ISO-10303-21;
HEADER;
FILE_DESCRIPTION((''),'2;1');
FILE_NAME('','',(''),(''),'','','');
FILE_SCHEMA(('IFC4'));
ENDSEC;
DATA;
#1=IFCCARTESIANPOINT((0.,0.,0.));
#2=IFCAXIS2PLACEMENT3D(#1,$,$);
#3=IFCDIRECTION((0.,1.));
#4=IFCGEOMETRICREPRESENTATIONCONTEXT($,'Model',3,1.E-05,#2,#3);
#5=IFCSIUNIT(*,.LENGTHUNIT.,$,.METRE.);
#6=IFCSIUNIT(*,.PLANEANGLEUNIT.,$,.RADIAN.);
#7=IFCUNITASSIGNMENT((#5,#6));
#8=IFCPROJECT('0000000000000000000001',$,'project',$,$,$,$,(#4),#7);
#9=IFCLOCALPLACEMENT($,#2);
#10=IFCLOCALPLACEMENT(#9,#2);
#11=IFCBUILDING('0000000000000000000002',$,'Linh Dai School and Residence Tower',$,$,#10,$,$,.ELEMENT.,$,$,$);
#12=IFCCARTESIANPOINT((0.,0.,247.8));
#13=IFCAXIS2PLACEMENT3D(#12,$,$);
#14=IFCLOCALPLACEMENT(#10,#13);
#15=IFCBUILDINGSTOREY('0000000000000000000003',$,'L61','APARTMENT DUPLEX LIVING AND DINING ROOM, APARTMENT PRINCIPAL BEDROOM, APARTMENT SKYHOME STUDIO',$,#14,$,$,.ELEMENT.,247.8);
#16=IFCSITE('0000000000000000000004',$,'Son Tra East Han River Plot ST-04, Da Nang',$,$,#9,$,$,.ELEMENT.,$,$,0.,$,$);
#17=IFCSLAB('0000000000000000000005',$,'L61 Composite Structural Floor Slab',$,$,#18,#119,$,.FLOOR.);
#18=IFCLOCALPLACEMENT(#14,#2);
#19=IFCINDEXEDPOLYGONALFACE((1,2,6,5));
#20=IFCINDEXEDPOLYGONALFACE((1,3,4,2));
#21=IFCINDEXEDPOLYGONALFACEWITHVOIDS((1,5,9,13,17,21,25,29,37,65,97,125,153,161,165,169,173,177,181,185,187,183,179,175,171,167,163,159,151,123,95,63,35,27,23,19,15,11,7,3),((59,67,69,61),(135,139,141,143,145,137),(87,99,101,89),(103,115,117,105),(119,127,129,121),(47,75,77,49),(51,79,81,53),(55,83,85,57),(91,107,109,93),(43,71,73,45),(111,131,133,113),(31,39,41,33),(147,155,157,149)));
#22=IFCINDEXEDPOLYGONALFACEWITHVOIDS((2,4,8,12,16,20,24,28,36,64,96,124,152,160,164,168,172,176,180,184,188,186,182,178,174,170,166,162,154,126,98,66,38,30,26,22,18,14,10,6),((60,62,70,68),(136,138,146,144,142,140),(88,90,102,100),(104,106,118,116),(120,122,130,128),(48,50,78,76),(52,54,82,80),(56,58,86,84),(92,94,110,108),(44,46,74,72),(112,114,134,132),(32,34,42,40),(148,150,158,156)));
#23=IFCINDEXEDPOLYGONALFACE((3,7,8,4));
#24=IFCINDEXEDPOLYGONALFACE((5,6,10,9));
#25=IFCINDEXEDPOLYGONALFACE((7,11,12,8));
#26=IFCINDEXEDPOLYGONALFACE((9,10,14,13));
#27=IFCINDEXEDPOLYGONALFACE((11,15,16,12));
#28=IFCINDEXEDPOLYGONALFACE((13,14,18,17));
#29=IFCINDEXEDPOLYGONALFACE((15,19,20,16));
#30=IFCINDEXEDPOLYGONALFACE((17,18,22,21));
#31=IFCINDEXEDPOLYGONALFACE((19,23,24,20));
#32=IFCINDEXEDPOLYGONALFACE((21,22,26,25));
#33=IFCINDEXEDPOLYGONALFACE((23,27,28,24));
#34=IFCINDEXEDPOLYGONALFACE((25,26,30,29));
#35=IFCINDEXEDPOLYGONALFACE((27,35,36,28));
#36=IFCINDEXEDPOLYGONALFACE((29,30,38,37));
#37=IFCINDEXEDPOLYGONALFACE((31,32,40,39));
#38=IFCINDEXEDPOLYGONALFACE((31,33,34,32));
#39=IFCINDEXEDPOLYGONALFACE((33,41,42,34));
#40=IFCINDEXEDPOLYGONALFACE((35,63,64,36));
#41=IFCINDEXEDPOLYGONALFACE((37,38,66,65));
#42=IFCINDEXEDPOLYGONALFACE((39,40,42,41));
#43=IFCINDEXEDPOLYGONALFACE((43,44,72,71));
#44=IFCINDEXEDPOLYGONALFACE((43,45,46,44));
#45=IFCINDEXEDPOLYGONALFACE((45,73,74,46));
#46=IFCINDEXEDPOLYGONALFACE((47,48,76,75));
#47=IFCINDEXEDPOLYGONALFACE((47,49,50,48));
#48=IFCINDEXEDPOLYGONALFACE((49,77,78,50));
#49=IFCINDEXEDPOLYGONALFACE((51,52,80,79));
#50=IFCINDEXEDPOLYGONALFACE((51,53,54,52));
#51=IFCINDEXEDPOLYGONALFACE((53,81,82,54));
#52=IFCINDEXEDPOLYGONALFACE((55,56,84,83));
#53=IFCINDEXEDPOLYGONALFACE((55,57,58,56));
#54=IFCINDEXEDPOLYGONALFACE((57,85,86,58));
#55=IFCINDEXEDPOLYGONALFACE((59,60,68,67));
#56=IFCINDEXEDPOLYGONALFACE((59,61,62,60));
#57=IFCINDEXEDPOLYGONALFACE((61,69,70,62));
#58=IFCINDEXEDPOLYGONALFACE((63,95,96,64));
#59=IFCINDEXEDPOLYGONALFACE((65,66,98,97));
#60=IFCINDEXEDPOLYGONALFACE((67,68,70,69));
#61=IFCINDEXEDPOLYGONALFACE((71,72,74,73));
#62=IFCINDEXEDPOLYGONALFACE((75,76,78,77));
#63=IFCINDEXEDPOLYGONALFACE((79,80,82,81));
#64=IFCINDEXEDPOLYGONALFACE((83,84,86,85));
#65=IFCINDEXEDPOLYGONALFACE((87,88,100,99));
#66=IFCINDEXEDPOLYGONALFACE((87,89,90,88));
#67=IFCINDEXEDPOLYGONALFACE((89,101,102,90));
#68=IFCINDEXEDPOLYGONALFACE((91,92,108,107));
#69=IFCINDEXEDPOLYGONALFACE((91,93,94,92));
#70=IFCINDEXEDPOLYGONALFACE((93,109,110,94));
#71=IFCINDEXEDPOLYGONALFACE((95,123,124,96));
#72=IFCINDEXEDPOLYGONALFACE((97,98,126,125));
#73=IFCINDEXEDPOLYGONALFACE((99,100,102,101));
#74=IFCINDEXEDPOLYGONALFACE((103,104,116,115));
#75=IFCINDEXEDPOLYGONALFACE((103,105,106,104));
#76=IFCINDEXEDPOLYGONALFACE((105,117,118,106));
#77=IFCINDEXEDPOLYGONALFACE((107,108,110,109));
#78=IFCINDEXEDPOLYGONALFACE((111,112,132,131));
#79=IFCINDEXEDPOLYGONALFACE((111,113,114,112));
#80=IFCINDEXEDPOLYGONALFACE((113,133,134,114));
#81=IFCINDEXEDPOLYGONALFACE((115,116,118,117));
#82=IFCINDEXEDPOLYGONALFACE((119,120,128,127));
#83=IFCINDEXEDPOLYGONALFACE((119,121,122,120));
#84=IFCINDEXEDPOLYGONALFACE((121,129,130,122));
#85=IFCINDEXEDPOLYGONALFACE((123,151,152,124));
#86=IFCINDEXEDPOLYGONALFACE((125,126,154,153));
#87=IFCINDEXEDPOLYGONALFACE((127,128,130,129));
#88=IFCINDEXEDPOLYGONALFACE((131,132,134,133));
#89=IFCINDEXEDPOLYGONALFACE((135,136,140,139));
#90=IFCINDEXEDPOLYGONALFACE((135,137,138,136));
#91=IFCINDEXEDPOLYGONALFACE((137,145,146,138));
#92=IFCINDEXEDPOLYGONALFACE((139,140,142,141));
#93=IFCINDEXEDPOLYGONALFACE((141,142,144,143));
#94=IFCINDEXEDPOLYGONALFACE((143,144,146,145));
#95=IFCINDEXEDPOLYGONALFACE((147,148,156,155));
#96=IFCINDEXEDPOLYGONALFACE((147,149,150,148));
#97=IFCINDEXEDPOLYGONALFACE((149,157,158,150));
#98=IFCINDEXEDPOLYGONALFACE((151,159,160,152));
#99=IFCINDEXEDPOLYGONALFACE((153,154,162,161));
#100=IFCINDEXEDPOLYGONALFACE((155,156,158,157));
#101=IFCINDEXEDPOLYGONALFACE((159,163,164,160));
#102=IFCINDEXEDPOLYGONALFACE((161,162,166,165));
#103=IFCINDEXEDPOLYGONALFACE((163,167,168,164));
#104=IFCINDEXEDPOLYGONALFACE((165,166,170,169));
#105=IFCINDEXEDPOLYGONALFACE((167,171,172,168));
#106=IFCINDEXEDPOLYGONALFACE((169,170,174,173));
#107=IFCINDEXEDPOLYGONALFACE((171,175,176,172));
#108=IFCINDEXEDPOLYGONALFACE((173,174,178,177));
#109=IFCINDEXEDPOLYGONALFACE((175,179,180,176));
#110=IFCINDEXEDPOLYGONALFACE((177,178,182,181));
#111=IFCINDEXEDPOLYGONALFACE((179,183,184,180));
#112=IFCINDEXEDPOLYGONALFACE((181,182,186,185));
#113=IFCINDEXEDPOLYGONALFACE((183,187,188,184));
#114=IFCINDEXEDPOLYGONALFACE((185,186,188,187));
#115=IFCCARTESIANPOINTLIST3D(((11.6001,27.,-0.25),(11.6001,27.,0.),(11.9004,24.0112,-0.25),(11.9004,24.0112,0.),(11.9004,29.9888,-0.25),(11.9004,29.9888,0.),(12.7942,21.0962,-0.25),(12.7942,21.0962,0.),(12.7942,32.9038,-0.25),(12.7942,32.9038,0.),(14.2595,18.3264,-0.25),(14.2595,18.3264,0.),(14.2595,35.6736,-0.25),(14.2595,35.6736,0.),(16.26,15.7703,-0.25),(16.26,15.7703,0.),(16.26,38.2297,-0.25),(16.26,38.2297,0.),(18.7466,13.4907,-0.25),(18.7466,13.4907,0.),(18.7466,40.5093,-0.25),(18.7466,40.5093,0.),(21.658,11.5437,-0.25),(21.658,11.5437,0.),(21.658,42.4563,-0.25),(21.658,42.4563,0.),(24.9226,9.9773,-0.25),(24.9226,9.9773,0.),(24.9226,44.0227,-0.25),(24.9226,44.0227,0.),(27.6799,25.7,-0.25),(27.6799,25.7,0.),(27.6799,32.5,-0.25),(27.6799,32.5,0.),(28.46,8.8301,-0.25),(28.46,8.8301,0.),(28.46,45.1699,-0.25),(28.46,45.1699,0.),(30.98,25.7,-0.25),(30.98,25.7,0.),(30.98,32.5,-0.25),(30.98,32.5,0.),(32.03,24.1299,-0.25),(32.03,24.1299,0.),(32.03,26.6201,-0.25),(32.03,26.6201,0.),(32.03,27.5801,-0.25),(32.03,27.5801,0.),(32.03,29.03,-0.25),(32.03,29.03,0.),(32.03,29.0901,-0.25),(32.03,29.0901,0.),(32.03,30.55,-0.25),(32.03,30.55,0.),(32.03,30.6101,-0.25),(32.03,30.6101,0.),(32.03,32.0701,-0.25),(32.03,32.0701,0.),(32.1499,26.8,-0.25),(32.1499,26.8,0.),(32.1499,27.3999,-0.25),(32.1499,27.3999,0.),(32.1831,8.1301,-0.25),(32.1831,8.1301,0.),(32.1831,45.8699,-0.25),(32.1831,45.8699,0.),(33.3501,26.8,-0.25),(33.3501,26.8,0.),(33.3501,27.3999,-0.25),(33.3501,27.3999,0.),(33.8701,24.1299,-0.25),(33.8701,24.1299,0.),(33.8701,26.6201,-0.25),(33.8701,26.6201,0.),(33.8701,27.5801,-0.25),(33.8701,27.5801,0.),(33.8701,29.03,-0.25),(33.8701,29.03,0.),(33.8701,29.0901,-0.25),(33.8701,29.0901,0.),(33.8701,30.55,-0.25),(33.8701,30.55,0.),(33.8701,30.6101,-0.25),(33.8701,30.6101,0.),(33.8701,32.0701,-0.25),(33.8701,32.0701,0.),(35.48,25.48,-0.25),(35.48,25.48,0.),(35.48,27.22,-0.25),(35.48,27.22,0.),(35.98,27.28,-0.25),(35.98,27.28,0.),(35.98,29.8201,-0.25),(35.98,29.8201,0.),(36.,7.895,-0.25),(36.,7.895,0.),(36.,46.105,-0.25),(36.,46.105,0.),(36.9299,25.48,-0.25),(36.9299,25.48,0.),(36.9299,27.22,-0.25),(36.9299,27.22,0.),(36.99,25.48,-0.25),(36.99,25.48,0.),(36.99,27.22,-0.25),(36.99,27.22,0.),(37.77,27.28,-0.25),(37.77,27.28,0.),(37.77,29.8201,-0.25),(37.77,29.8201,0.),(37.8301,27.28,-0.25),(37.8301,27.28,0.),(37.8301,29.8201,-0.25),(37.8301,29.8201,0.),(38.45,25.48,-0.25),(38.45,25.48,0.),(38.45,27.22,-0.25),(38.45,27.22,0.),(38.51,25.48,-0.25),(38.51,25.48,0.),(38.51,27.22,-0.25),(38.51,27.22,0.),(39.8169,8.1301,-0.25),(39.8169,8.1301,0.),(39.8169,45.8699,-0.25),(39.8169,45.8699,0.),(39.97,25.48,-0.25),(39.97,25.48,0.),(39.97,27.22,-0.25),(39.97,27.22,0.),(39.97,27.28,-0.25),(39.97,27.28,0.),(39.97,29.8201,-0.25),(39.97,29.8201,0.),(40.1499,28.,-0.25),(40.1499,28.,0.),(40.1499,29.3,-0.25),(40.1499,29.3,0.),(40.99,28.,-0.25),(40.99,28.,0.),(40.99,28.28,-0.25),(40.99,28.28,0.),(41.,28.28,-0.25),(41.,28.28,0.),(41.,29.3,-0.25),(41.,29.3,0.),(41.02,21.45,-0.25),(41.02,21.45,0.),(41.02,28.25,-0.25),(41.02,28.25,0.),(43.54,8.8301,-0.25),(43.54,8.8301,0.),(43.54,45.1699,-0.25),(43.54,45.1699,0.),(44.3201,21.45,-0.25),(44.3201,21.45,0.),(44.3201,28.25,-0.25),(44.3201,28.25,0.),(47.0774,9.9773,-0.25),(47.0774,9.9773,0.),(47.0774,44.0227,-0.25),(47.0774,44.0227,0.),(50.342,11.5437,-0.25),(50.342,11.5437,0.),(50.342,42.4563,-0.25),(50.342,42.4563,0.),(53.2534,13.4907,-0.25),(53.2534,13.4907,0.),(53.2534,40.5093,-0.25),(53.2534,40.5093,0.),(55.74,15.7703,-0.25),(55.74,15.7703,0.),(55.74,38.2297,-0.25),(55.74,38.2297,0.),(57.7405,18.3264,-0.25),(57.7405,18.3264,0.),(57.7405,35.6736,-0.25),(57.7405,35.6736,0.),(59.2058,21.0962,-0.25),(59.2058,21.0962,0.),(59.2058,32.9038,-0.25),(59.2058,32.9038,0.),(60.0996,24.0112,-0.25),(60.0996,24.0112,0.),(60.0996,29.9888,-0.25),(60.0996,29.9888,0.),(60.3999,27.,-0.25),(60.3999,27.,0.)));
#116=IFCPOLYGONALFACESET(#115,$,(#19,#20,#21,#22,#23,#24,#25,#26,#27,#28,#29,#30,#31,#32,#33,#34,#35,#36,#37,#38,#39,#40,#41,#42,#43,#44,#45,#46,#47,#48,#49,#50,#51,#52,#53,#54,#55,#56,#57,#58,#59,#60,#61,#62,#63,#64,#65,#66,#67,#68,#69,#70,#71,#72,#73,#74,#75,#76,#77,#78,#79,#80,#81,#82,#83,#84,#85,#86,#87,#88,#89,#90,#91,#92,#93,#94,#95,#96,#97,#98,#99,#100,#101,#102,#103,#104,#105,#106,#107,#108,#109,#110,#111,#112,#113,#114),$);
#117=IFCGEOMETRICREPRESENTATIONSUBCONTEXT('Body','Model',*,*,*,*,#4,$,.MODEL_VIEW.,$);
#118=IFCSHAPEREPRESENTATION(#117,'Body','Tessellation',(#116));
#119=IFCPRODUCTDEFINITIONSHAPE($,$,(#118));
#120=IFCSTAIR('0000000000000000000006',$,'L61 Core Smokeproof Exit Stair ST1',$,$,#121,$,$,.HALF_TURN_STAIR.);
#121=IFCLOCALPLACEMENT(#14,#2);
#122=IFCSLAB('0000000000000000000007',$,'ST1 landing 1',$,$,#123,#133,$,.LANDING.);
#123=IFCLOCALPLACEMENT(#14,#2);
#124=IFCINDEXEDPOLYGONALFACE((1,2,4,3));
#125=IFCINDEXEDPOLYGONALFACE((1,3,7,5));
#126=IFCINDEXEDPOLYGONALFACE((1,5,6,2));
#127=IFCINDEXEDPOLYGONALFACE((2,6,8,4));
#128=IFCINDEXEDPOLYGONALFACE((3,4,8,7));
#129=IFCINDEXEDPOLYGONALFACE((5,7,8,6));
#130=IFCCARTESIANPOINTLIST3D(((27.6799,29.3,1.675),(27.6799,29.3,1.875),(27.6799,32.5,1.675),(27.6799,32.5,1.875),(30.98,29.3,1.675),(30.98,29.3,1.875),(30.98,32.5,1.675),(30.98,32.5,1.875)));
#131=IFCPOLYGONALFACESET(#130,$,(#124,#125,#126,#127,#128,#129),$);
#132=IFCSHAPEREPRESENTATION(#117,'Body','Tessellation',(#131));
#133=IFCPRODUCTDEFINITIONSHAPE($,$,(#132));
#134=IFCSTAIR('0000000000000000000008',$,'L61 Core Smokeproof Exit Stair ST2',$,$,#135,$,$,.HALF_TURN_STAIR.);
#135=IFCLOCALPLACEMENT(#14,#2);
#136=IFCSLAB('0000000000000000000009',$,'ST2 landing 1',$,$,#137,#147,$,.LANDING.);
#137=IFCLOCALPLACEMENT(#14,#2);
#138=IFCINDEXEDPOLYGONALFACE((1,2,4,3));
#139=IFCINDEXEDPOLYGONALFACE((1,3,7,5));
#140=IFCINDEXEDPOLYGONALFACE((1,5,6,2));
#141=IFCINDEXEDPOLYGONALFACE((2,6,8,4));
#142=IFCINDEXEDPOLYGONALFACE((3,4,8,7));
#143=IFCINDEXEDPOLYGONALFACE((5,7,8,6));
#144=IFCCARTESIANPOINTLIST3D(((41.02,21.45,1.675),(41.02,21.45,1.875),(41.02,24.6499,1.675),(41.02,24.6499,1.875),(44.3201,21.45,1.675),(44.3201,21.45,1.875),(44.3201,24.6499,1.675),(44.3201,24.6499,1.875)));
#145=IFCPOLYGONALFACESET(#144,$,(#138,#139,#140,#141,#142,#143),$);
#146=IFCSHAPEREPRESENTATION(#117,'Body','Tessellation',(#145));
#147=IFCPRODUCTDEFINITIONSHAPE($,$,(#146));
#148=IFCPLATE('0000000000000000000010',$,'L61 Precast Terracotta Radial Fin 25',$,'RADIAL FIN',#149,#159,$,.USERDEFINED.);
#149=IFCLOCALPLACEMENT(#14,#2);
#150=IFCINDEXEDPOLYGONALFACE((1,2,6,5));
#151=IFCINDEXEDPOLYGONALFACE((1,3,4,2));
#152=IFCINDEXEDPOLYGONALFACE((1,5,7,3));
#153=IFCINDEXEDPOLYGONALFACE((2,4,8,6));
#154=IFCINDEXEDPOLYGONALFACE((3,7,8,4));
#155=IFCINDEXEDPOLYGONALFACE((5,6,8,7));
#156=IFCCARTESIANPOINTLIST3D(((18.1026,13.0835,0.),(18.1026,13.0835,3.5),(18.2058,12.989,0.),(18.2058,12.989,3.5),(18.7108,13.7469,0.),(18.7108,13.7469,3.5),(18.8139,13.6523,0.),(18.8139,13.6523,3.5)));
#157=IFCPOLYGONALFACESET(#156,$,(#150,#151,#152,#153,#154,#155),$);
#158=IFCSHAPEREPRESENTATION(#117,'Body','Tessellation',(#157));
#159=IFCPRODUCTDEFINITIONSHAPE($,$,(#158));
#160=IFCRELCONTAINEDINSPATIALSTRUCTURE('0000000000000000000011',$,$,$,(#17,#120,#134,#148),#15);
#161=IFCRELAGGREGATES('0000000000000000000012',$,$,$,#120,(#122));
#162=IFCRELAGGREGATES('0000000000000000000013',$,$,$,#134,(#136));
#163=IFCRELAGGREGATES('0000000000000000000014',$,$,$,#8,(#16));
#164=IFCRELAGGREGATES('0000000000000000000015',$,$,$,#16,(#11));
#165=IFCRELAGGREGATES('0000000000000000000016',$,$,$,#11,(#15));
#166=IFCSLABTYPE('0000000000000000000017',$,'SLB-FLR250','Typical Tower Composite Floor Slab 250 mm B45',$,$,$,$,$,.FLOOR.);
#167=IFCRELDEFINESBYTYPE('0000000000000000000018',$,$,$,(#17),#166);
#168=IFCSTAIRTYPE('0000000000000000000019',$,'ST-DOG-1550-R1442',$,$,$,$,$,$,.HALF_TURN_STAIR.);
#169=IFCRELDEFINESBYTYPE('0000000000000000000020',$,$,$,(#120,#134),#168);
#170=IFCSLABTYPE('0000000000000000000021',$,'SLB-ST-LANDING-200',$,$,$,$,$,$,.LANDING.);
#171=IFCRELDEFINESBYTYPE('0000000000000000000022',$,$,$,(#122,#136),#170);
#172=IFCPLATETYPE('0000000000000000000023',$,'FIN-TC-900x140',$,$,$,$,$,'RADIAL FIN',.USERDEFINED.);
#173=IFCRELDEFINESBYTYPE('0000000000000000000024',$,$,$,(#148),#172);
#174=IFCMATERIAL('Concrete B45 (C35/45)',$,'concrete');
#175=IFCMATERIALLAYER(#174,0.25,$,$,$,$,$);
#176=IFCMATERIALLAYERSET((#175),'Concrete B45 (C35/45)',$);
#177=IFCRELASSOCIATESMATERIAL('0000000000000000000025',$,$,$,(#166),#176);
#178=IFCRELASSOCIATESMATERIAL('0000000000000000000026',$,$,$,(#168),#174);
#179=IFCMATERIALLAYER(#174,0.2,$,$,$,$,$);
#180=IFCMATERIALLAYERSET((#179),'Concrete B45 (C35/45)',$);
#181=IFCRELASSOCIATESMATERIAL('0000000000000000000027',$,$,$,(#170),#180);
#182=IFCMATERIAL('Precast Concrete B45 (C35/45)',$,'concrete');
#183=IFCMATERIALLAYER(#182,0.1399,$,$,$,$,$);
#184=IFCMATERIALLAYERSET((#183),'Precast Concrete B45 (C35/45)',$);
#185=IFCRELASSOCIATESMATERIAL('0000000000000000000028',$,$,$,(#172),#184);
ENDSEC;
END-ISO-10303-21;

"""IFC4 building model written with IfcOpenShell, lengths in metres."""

from ifc_helpers import new_model, si_unit, direction, frame, origin, origin_2d, place, context, subcontext, project, spatial, polyline, rectangle, outline, extrude, source, transform, mapped, material, layer, layer_set, type_object, element, aggregate, save


model = new_model("IFC4")

# Units and contexts
model_context = context("Model", 3, precision=1e-05, world=origin(), true_north=direction((0.0, 1.0)))
body_context = subcontext(model_context, "Body", "Model", "MODEL_VIEW")
ifc_project = project(units=[si_unit("LENGTHUNIT", "METRE"), si_unit("PLANEANGLEUNIT", "RADIAN")], contexts=[model_context])

# Site, building, storey
site_placement = place(None, origin())
site = spatial("IfcSite", under=ifc_project, at=site_placement, Name="Son Tra East Han River Plot ST-04, Da Nang", CompositionType="ELEMENT", RefElevation=0.0)
building_placement = place(site_placement, origin())
building = spatial("IfcBuilding", under=site, at=building_placement, Name="Linh Dai School and Residence Tower", CompositionType="ELEMENT")
storey_placement = place(building_placement, frame((0.0, 0.0, 247.8)))
storey = spatial("IfcBuildingStorey", under=building, at=storey_placement, Name="L61", Description="APARTMENT DUPLEX LIVING AND DINING ROOM, APARTMENT PRINCIPAL BEDROOM, APARTMENT SKYHOME STUDIO", CompositionType="ELEMENT", Elevation=247.8)

# Slab
ifc_material_1 = material(Name="Concrete B45 (C35/45)", Category="concrete")
ifc_layer_1 = layer(ifc_material_1, 0.25)
ifc_layer_set_1 = layer_set([ifc_layer_1], Name="Concrete B45 (C35/45)")
slab_type_1 = type_object("IfcSlabType", Name="SLB-FLR250", Description="Typical Tower Composite Floor Slab 250 mm B45", PredefinedType="FLOOR", material=ifc_layer_set_1)
slab_1_placement = place(storey_placement, frame((0.0, 0.0, -0.25)))
element("IfcSlab", 1, at=slab_1_placement, inside=storey, type_object=slab_type_1, Name="L61 Composite Structural Floor Slab", PredefinedType="FLOOR", context=body_context, shape_type="SweptSolid", body=[
    extrude(outline(polyline([(60.3999, 27.0), (60.0996, 29.9888), (59.2058, 32.9038), (57.7405, 35.6736), (55.74, 38.2297), (53.2534, 40.5093), (50.342, 42.4563), (47.0774, 44.0227), (43.54, 45.1699), (39.8169, 45.8699), (36.0, 46.105), (32.1831, 45.8699), (28.46, 45.1699), (24.9226, 44.0227), (21.658, 42.4563), (18.7466, 40.5093), (16.26, 38.2297), (14.2595, 35.6736), (12.7942, 32.9038), (11.9004, 29.9888), (11.6001, 27.0), (11.9004, 24.0112), (12.7942, 21.0962), (14.2595, 18.3264), (16.26, 15.7703), (18.7466, 13.4907), (21.658, 11.5437), (24.9226, 9.9773), (28.46, 8.8301), (32.1831, 8.1301), (36.0, 7.895), (39.8169, 8.1301), (43.54, 8.8301), (47.0774, 9.9773), (50.342, 11.5437), (53.2534, 13.4907), (55.74, 15.7703), (57.7405, 18.3264), (59.2058, 21.0962), (60.0996, 24.0112), (60.3999, 27.0)]), holes=[polyline([(30.98, 25.7), (30.98, 32.5), (27.6799, 32.5), (27.6799, 25.7), (30.98, 25.7)]), polyline([(41.02, 28.25), (41.02, 21.45), (44.3201, 21.45), (44.3201, 28.25), (41.02, 28.25)]), polyline([(35.98, 27.28), (37.77, 27.28), (37.77, 29.8201), (35.98, 29.8201), (35.98, 27.28)]), polyline([(32.03, 24.1299), (33.8701, 24.1299), (33.8701, 26.6201), (32.03, 26.6201), (32.03, 24.1299)]), polyline([(37.8301, 27.28), (39.97, 27.28), (39.97, 29.8201), (37.8301, 29.8201), (37.8301, 27.28)]), polyline([(32.03, 27.5801), (33.8701, 27.5801), (33.8701, 29.03), (32.03, 29.03), (32.03, 27.5801)]), polyline([(32.03, 29.0901), (33.8701, 29.0901), (33.8701, 30.55), (32.03, 30.55), (32.03, 29.0901)]), polyline([(32.03, 30.6101), (33.8701, 30.6101), (33.8701, 32.0701), (32.03, 32.0701), (32.03, 30.6101)]), polyline([(35.48, 25.48), (36.9299, 25.48), (36.9299, 27.22), (35.48, 27.22), (35.48, 25.48)]), polyline([(36.99, 25.48), (38.45, 25.48), (38.45, 27.22), (36.99, 27.22), (36.99, 25.48)]), polyline([(38.51, 25.48), (39.97, 25.48), (39.97, 27.22), (38.51, 27.22), (38.51, 25.48)]), polyline([(40.1499, 28.0), (40.1499, 29.3), (41.0, 29.3), (41.0, 28.28), (40.99, 28.28), (40.99, 28.0), (40.1499, 28.0)]), polyline([(32.1499, 26.8), (33.3501, 26.8), (33.3501, 27.3999), (32.1499, 27.3999), (32.1499, 26.8)])]), origin(), (0.0, 0.0, 1.0), 0.25),
])

# Stairs, slabs
stair_type = type_object("IfcStairType", Name="ST-DOG-1550-R1442", PredefinedType="HALF_TURN_STAIR", material=ifc_material_1)
stair_1_placement = place(storey_placement, origin())
stair_1 = element("IfcStair", 2, at=stair_1_placement, inside=storey, type_object=stair_type, Name="L61 Core Smokeproof Exit Stair ST1", PredefinedType="HALF_TURN_STAIR")
ifc_layer_2 = layer(ifc_material_1, 0.2)
ifc_layer_set_2 = layer_set([ifc_layer_2], Name="Concrete B45 (C35/45)")
slab_type_2 = type_object("IfcSlabType", Name="SLB-ST-LANDING-200", PredefinedType="LANDING", material=ifc_layer_set_2)
slab_2_placement = place(storey_placement, frame((0.0, 0.0, 1.675)))
slab_2 = element("IfcSlab", 3, at=slab_2_placement, type_object=slab_type_2, Name="ST1 landing 1", PredefinedType="LANDING", context=body_context, shape_type="SweptSolid", body=[
    extrude(outline(polyline([(30.98, 29.3), (30.98, 32.5), (27.6799, 32.5), (27.6799, 29.3), (30.98, 29.3)])), origin(), (0.0, 0.0, 1.0), 0.2),
])
aggregate(stair_1, [slab_2])
stair_2_placement = place(storey_placement, origin())
stair_2 = element("IfcStair", 4, at=stair_2_placement, inside=storey, type_object=stair_type, Name="L61 Core Smokeproof Exit Stair ST2", PredefinedType="HALF_TURN_STAIR")
slab_3_placement = place(storey_placement, frame((0.0, 0.0, 1.675)))
slab_3 = element("IfcSlab", 5, at=slab_3_placement, type_object=slab_type_2, Name="ST2 landing 1", PredefinedType="LANDING", context=body_context, shape_type="SweptSolid", body=[
    extrude(outline(polyline([(41.02, 24.6499), (41.02, 21.45), (44.3201, 21.45), (44.3201, 24.6499), (41.02, 24.6499)])), origin(), (0.0, 0.0, 1.0), 0.2),
])
aggregate(stair_2, [slab_3])

# Plate
ifc_material_2 = material(Name="Precast Concrete B45 (C35/45)", Category="concrete")
ifc_layer_3 = layer(ifc_material_2, 0.1399)
ifc_layer_set_3 = layer_set([ifc_layer_3], Name="Precast Concrete B45 (C35/45)")
plate_type = type_object("IfcPlateType", Name="FIN-TC-900x140", ElementType="RADIAL FIN", PredefinedType="USERDEFINED", material=ifc_layer_set_3)
shared_shape_1 = source(origin(), body_context, "Body", "SweptSolid", [
    extrude(rectangle(XDim=0.8999, YDim=0.1399, at=origin_2d()), origin(), (0.0, 0.0, 1.0), 3.5),
])
plate_placement = place(storey_placement, frame((18.4583, 13.3679, 0.0), z_axis=(0.0, 0.0, 1.0), x_axis=(-0.675756, -0.737125, 0.0)))
element("IfcPlate", 6, at=plate_placement, inside=storey, type_object=plate_type, Name="L61 Precast Terracotta Radial Fin 25", ObjectType="RADIAL FIN", PredefinedType="USERDEFINED", context=body_context, shape_type="MappedRepresentation", body=[
    mapped(shared_shape_1, transform((0.0, 0.0, 0.0), x_axis=(1.0, 0.0, 0.0), y_axis=(0.0, 1.0, 0.0), z_axis=(0.0, 0.0, 1.0), scale=1.0)),
])

save(model, "model.ifc")
